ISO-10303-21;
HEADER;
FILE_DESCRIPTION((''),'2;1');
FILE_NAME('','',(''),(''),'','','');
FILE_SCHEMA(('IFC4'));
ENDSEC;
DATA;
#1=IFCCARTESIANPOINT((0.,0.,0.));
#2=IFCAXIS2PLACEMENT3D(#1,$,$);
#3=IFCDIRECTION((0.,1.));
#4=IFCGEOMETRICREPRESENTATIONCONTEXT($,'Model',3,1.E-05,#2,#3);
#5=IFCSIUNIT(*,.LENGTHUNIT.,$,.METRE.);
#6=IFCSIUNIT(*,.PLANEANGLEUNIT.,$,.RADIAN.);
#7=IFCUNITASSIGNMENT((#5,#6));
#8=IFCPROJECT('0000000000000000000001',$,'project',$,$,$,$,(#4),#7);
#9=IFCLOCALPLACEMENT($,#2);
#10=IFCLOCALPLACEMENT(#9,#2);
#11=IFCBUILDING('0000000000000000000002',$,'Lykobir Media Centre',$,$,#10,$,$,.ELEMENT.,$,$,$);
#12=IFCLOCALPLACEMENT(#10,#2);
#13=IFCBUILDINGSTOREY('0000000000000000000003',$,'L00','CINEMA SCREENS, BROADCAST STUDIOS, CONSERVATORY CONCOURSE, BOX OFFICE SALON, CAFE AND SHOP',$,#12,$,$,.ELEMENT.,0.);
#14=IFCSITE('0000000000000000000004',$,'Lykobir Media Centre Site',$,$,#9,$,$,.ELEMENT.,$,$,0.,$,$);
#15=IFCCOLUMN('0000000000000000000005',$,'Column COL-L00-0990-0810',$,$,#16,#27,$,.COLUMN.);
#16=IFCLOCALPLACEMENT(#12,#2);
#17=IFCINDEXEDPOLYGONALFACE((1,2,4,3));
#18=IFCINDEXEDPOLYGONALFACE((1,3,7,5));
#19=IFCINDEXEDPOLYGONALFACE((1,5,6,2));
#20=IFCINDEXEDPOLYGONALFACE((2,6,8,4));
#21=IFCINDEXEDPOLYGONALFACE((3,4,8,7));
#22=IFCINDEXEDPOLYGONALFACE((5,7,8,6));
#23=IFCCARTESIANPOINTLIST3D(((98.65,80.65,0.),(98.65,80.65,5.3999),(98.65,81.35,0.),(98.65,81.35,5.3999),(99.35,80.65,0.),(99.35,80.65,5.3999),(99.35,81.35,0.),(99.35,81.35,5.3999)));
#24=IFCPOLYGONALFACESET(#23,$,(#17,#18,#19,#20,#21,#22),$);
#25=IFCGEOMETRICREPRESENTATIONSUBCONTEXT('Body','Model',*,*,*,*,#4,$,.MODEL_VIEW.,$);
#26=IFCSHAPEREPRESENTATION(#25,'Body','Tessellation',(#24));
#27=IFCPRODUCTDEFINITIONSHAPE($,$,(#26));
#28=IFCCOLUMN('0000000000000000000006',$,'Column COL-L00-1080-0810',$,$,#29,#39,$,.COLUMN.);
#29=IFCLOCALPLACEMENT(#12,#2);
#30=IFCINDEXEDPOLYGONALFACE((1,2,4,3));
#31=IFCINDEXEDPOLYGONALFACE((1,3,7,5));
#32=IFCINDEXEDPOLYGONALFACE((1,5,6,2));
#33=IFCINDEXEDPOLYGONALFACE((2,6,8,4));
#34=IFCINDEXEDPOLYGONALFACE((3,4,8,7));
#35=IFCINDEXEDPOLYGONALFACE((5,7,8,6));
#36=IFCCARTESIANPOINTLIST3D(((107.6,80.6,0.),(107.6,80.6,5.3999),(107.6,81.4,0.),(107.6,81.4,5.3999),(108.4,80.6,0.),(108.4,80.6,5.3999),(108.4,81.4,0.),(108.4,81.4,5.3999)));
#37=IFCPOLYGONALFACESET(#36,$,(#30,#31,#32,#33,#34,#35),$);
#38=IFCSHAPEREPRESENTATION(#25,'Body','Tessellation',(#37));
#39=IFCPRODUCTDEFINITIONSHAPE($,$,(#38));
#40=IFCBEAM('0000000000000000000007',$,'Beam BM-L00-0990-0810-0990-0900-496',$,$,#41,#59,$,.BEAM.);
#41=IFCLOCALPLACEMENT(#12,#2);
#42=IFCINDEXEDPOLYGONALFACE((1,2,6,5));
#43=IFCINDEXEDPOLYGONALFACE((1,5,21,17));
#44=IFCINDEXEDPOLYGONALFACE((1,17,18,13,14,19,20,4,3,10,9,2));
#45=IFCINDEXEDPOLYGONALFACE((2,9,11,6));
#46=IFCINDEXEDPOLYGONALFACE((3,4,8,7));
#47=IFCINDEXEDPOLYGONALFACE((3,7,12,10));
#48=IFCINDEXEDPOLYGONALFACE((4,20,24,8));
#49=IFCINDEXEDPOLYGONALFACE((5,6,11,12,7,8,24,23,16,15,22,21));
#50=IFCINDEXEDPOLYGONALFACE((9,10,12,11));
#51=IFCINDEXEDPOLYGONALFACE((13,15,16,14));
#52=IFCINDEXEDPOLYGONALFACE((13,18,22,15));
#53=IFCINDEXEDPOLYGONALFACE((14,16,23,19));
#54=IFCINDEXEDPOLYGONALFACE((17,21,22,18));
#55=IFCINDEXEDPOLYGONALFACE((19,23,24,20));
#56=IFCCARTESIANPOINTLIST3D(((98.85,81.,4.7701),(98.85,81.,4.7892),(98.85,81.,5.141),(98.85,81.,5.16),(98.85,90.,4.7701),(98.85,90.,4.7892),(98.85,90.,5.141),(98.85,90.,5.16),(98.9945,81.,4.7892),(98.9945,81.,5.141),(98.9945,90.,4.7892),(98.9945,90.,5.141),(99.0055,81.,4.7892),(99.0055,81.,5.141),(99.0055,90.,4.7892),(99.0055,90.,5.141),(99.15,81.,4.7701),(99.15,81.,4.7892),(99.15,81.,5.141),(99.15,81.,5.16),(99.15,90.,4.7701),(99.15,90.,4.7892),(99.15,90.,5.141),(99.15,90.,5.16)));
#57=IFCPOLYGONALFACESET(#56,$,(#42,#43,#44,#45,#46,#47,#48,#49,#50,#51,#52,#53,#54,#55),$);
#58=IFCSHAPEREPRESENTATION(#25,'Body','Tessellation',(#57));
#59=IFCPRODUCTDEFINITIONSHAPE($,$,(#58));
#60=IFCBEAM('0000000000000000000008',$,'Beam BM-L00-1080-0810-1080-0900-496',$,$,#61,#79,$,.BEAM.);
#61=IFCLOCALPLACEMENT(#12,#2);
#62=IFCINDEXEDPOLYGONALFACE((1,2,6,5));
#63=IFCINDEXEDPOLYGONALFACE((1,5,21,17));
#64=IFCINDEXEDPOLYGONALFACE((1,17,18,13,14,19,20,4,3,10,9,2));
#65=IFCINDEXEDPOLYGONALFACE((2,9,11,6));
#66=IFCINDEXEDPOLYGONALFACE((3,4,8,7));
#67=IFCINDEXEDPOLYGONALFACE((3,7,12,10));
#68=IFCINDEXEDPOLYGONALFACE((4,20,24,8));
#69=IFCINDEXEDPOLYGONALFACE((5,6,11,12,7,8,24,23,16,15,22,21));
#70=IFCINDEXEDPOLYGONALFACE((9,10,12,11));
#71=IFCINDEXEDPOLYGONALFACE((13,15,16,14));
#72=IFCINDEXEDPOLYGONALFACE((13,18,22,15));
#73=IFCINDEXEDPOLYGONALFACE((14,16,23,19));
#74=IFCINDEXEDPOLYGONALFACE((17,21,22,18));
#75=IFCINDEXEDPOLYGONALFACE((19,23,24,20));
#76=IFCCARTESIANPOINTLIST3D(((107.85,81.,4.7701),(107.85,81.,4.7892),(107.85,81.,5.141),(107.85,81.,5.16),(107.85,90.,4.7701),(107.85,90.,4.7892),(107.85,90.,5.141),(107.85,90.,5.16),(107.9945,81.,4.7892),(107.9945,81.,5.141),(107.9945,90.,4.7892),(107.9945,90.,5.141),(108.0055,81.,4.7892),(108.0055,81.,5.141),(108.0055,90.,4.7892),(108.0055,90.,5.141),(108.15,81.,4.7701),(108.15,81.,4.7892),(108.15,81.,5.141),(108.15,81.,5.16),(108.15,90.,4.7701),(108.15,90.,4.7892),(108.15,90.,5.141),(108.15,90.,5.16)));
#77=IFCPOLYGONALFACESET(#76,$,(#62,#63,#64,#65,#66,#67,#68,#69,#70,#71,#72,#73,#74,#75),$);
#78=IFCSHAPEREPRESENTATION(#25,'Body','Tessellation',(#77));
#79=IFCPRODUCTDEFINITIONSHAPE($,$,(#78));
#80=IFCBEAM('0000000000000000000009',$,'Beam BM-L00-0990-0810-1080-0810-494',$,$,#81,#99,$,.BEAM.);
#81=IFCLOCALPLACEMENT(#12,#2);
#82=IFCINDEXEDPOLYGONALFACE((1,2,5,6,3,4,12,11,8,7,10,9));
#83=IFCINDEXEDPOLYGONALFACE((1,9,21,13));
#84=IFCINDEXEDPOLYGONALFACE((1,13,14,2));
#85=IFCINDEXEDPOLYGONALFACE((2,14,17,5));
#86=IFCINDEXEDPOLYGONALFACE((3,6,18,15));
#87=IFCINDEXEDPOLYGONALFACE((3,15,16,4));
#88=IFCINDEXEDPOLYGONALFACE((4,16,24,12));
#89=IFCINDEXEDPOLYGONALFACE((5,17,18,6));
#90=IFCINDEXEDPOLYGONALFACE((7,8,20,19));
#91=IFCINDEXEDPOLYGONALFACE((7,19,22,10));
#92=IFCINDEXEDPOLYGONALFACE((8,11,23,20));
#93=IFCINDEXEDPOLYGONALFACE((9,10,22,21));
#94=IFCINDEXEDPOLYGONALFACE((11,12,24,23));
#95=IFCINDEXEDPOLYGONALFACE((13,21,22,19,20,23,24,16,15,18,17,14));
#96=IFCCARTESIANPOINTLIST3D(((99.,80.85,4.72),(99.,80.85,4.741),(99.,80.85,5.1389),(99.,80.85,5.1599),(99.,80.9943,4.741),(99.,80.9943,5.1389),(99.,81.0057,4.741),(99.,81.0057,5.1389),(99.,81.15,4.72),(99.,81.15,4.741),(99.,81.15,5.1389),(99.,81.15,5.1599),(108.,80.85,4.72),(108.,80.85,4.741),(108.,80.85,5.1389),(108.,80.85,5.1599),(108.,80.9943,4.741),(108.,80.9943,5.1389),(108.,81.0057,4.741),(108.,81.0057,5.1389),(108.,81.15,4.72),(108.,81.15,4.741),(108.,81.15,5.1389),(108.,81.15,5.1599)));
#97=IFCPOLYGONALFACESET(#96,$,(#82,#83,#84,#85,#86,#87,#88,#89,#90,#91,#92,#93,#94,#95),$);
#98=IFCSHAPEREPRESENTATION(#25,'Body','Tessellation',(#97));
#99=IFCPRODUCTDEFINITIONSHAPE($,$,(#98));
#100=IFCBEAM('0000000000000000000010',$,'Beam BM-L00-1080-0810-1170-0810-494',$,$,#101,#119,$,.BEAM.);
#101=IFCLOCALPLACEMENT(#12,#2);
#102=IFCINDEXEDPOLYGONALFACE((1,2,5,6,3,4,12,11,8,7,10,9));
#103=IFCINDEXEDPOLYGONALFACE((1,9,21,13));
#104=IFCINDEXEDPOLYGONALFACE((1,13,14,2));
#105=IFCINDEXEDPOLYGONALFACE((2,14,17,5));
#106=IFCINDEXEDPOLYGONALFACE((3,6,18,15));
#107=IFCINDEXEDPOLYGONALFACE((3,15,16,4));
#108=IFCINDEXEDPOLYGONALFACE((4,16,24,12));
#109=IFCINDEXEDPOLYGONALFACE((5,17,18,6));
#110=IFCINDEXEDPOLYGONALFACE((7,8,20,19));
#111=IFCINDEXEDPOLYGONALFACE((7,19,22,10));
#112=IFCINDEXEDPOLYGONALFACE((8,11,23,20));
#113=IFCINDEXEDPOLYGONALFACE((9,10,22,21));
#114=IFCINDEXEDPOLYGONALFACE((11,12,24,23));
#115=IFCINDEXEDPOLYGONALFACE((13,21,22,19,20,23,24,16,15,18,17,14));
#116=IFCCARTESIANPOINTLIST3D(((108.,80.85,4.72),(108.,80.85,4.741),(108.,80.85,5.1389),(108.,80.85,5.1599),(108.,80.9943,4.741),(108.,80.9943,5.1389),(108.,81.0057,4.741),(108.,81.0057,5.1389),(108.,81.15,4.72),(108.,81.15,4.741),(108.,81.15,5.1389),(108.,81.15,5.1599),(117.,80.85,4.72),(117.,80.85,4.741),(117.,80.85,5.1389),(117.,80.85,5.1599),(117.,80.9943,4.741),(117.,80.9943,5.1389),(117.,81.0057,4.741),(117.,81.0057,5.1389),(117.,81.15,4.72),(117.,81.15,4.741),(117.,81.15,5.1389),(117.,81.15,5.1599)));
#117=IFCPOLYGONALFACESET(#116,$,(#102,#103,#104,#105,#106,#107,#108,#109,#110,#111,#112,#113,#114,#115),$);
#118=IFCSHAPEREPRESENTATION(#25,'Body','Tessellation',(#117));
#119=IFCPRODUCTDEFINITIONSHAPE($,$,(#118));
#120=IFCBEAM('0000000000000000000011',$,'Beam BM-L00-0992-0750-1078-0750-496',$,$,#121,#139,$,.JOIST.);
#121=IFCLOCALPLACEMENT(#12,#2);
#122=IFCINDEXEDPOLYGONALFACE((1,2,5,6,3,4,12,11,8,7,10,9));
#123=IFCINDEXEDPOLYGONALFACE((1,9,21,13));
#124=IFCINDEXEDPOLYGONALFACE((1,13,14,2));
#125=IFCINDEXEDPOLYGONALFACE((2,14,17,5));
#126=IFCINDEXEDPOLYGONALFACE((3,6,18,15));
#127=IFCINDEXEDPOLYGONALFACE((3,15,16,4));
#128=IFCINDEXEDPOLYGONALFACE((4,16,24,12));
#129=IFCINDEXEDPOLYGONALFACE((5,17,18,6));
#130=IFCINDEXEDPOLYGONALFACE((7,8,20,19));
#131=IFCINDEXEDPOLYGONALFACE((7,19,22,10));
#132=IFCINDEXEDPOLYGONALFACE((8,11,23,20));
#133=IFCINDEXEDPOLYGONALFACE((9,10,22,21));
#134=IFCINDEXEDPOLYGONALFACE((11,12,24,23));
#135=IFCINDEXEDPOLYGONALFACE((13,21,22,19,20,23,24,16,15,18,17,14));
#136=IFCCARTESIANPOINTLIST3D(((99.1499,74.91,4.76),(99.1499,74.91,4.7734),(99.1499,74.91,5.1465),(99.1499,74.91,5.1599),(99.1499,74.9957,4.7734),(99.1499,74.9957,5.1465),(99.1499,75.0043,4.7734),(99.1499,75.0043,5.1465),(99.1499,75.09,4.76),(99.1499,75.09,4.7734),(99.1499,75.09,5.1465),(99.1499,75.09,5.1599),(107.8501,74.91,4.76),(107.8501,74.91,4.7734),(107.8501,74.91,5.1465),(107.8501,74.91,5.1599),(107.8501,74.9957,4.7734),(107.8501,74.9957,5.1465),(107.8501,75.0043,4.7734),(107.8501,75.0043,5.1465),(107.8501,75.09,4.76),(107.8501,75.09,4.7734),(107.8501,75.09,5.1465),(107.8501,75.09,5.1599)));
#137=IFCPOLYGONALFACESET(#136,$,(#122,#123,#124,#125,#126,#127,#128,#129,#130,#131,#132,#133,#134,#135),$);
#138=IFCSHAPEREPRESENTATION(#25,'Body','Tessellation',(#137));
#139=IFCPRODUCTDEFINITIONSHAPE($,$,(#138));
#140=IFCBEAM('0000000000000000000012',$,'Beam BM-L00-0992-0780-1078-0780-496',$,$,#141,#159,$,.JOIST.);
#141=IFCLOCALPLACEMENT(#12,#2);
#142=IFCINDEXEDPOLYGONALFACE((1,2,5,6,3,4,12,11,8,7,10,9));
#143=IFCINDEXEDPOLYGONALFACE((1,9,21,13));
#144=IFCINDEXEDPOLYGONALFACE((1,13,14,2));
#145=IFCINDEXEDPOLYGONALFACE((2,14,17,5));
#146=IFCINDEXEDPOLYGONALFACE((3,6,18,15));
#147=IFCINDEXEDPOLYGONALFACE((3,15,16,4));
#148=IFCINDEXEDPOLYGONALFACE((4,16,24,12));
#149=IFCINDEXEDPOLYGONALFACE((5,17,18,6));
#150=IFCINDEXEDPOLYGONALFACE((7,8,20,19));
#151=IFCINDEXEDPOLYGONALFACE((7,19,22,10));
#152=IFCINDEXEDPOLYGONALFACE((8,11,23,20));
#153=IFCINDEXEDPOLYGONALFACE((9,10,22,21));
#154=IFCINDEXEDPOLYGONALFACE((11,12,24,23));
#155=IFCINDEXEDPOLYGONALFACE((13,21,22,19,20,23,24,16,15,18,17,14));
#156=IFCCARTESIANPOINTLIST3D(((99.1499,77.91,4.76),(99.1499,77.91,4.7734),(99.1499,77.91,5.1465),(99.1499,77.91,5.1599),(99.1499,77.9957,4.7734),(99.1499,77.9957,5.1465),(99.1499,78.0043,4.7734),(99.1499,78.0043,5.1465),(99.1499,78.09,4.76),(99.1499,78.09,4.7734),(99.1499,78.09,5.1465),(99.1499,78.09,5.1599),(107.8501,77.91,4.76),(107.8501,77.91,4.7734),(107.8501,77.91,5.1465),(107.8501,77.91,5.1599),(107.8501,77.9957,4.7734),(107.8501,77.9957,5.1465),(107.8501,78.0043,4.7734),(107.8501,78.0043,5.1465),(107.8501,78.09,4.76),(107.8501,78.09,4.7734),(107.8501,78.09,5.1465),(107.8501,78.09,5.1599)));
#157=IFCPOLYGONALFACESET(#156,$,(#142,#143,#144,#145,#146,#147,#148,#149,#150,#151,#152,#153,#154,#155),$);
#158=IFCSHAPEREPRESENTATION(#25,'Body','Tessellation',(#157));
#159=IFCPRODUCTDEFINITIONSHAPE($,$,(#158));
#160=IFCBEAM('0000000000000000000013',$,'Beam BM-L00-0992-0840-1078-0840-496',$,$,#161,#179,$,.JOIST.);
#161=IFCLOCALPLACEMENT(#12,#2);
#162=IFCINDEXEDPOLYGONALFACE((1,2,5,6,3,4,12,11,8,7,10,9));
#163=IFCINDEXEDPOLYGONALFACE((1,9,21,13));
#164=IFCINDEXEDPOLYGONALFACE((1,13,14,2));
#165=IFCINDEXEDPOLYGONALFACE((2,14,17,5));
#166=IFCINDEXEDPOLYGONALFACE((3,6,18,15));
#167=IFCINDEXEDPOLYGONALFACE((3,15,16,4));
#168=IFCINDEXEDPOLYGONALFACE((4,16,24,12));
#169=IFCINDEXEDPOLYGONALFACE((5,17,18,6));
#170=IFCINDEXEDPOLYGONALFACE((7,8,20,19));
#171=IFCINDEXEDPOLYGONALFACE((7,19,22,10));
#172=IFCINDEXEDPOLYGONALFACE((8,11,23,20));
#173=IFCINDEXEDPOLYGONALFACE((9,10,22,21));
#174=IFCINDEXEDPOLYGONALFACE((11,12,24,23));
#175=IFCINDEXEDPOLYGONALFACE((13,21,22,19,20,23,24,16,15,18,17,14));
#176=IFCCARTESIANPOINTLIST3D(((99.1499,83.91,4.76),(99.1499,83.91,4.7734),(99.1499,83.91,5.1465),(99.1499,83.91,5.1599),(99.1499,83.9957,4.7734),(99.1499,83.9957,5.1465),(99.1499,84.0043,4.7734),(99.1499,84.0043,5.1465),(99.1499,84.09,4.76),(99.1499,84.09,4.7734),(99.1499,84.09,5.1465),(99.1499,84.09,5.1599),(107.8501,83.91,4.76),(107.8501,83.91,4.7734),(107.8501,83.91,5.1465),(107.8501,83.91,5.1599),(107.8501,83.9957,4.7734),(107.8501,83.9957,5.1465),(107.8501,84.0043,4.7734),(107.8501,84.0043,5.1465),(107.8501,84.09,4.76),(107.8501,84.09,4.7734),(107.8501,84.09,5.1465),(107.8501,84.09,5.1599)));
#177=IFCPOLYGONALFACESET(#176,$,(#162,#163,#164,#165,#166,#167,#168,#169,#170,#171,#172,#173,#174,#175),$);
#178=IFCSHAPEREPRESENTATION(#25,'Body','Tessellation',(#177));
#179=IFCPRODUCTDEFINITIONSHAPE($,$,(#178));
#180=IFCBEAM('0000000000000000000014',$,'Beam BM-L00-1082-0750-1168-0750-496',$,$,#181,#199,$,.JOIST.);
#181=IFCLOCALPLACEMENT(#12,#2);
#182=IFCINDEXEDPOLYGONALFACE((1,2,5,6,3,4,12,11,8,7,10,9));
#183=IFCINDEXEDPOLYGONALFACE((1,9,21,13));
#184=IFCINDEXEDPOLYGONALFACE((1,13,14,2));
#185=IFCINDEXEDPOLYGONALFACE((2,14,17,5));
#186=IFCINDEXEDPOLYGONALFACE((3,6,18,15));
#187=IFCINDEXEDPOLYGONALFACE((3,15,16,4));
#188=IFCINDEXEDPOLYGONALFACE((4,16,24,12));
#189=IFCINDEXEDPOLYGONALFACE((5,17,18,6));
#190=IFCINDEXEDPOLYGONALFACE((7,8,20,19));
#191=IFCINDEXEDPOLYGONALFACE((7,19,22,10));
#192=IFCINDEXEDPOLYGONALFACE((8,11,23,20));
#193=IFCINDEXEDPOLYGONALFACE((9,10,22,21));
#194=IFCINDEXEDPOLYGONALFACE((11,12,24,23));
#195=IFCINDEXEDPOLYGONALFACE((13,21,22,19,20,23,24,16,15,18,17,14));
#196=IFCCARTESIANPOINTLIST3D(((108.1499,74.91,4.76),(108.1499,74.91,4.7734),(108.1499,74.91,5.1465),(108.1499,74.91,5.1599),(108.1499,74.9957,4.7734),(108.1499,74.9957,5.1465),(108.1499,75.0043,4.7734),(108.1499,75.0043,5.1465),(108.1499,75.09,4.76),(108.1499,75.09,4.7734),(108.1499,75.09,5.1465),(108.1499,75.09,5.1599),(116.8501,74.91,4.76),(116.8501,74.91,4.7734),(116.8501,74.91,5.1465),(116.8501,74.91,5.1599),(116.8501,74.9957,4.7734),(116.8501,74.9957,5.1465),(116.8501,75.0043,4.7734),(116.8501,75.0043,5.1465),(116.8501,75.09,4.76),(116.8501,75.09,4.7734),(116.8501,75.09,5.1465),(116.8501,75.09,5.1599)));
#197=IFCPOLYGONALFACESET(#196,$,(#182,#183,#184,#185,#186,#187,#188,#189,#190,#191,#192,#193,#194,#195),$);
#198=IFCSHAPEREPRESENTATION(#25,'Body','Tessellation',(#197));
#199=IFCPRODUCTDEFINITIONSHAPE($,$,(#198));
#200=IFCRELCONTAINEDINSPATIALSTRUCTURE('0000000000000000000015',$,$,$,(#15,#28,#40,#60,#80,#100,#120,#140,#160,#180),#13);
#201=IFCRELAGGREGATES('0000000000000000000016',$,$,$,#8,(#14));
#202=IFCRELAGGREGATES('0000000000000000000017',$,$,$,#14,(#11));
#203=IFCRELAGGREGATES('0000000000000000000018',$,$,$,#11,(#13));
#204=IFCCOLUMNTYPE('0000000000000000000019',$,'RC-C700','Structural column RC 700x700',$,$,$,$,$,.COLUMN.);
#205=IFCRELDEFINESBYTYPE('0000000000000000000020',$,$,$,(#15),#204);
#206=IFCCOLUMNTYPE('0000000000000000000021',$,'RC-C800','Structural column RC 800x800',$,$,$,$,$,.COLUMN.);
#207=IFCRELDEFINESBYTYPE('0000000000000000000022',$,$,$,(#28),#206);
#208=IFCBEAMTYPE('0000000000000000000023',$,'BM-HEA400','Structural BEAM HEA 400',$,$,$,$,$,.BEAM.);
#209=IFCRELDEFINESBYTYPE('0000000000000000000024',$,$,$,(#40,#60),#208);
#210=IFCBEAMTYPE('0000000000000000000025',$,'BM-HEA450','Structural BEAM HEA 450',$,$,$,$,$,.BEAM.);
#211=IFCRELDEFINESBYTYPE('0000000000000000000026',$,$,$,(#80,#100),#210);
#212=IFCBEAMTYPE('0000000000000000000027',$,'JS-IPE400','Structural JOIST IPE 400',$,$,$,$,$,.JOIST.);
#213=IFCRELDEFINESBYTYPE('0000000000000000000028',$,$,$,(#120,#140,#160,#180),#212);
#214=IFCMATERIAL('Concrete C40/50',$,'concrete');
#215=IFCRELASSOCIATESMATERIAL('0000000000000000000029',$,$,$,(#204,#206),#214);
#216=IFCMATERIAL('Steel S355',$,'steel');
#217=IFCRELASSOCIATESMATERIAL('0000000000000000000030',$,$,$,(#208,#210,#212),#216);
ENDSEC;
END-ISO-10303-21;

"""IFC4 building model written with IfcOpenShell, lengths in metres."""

from ifc_helpers import new_model, si_unit, direction, frame, origin, origin_2d, place, context, subcontext, project, spatial, rectangle, i_section, extrude, material, material_profile, profile_set, type_object, element, save


model = new_model("IFC4")

# Units and contexts
model_context = context("Model", 3, precision=1e-05, world=origin(), true_north=direction((0.0, 1.0)))
body_context = subcontext(model_context, "Body", "Model", "MODEL_VIEW")
ifc_project = project(units=[si_unit("LENGTHUNIT", "METRE"), si_unit("PLANEANGLEUNIT", "RADIAN")], contexts=[model_context])

# Site, building, storey
site_placement = place(None, origin())
site = spatial("IfcSite", under=ifc_project, at=site_placement, Name="Lykobir Media Centre Site", CompositionType="ELEMENT", RefElevation=0.0)
building_placement = place(site_placement, origin())
building = spatial("IfcBuilding", under=site, at=building_placement, Name="Lykobir Media Centre", CompositionType="ELEMENT")
storey_placement = place(building_placement, origin())
storey = spatial("IfcBuildingStorey", under=building, at=storey_placement, Name="L00", Description="CINEMA SCREENS, BROADCAST STUDIOS, CONSERVATORY CONCOURSE, BOX OFFICE SALON, CAFE AND SHOP", CompositionType="ELEMENT", Elevation=0.0)

# Columns
ifc_material_1 = material(Name="Concrete C40/50", Category="concrete")
ifc_material_profile_1 = material_profile(ifc_material_1, rectangle(XDim=0.7, YDim=0.7, at=origin_2d()), Name="RC 700x700")
ifc_profile_set_1 = profile_set([ifc_material_profile_1], Name="Concrete C40/50")
column_type_1 = type_object("IfcColumnType", Name="RC-C700", Description="Structural column RC 700x700", PredefinedType="COLUMN", material=ifc_profile_set_1)
column_1_placement = place(storey_placement, frame((99.0, 81.0, 0.0), z_axis=(0.0, 0.0, 1.0), x_axis=(1.0, 0.0, 0.0)))
element("IfcColumn", 1, at=column_1_placement, inside=storey, type_object=column_type_1, Name="Column COL-L00-0990-0810", PredefinedType="COLUMN", context=body_context, shape_type="SweptSolid", body=[
    extrude(rectangle(XDim=0.7, YDim=0.7, at=origin_2d()), origin(), (0.0, 0.0, 1.0), 5.3999),
])
ifc_material_profile_2 = material_profile(ifc_material_1, rectangle(XDim=0.8, YDim=0.8, at=origin_2d()), Name="RC 800x800")
ifc_profile_set_2 = profile_set([ifc_material_profile_2], Name="Concrete C40/50")
column_type_2 = type_object("IfcColumnType", Name="RC-C800", Description="Structural column RC 800x800", PredefinedType="COLUMN", material=ifc_profile_set_2)
column_2_placement = place(storey_placement, frame((108.0, 81.0, 0.0), z_axis=(0.0, 0.0, 1.0), x_axis=(1.0, 0.0, 0.0)))
element("IfcColumn", 2, at=column_2_placement, inside=storey, type_object=column_type_2, Name="Column COL-L00-1080-0810", PredefinedType="COLUMN", context=body_context, shape_type="SweptSolid", body=[
    extrude(rectangle(XDim=0.8, YDim=0.8, at=origin_2d()), origin(), (0.0, 0.0, 1.0), 5.3999),
])

# Beams
ifc_material_2 = material(Name="Steel S355", Category="steel")
ifc_material_profile_3 = material_profile(ifc_material_2, i_section(OverallWidth=0.3, OverallDepth=0.3899, WebThickness=0.011, FlangeThickness=0.019, at=origin_2d()), Name="HEA 400")
ifc_profile_set_3 = profile_set([ifc_material_profile_3], Name="Steel S355")
beam_type_1 = type_object("IfcBeamType", Name="BM-HEA400", Description="Structural BEAM HEA 400", PredefinedType="BEAM", material=ifc_profile_set_3)
for number, where, z_axis, x_axis, name in (
    (3, (99.0, 81.0, 4.9651), (0.0, 1.0, 0.0), (-1.0, 0.0, 0.0), "Beam BM-L00-0990-0810-0990-0900-496"),
    (4, (108.0, 81.0, 4.9651), (0.0, 1.0, 0.0), (-1.0, 0.0, 0.0), "Beam BM-L00-1080-0810-1080-0900-496"),
):
    element("IfcBeam", number, at=place(storey_placement, frame(where, z_axis=z_axis, x_axis=x_axis)), inside=storey, type_object=beam_type_1, Name=name, PredefinedType="BEAM", context=body_context, shape_type="SweptSolid", body=[
        extrude(i_section(OverallWidth=0.3, OverallDepth=0.3899, WebThickness=0.011, FlangeThickness=0.019, at=origin_2d()), origin(), (0.0, 0.0, 1.0), 9.0),
    ])
ifc_material_profile_4 = material_profile(ifc_material_2, i_section(OverallWidth=0.3, OverallDepth=0.4399, WebThickness=0.0115, FlangeThickness=0.021, at=origin_2d()), Name="HEA 450")
ifc_profile_set_4 = profile_set([ifc_material_profile_4], Name="Steel S355")
beam_type_2 = type_object("IfcBeamType", Name="BM-HEA450", Description="Structural BEAM HEA 450", PredefinedType="BEAM", material=ifc_profile_set_4)
for number, where, z_axis, x_axis, name in (
    (5, (99.0, 81.0, 4.9399), (1.0, 0.0, 0.0), (0.0, 1.0, 0.0), "Beam BM-L00-0990-0810-1080-0810-494"),
    (6, (108.0, 81.0, 4.9399), (1.0, 0.0, 0.0), (0.0, 1.0, 0.0), "Beam BM-L00-1080-0810-1170-0810-494"),
):
    element("IfcBeam", number, at=place(storey_placement, frame(where, z_axis=z_axis, x_axis=x_axis)), inside=storey, type_object=beam_type_2, Name=name, PredefinedType="BEAM", context=body_context, shape_type="SweptSolid", body=[
        extrude(i_section(OverallWidth=0.3, OverallDepth=0.4399, WebThickness=0.0115, FlangeThickness=0.021, at=origin_2d()), origin(), (0.0, 0.0, 1.0), 9.0),
    ])
ifc_material_profile_5 = material_profile(ifc_material_2, i_section(OverallWidth=0.1799, OverallDepth=0.3999, WebThickness=0.0085, FlangeThickness=0.0134, at=origin_2d()), Name="IPE 400")
ifc_profile_set_5 = profile_set([ifc_material_profile_5], Name="Steel S355")
beam_type_3 = type_object("IfcBeamType", Name="JS-IPE400", Description="Structural JOIST IPE 400", PredefinedType="JOIST", material=ifc_profile_set_5)
for number, where, z_axis, x_axis, name in (
    (7, (99.1499, 75.0, 4.96), (1.0, 0.0, 0.0), (0.0, 1.0, 0.0), "Beam BM-L00-0992-0750-1078-0750-496"),
    (8, (99.1499, 78.0, 4.96), (1.0, 0.0, 0.0), (0.0, 1.0, 0.0), "Beam BM-L00-0992-0780-1078-0780-496"),
    (9, (99.1499, 84.0, 4.96), (1.0, 0.0, 0.0), (0.0, 1.0, 0.0), "Beam BM-L00-0992-0840-1078-0840-496"),
    (10, (108.1499, 75.0, 4.96), (1.0, 0.0, 0.0), (0.0, 1.0, 0.0), "Beam BM-L00-1082-0750-1168-0750-496"),
):
    element("IfcBeam", number, at=place(storey_placement, frame(where, z_axis=z_axis, x_axis=x_axis)), inside=storey, type_object=beam_type_3, Name=name, PredefinedType="JOIST", context=body_context, shape_type="SweptSolid", body=[
        extrude(i_section(OverallWidth=0.1799, OverallDepth=0.3999, WebThickness=0.0085, FlangeThickness=0.0134, at=origin_2d()), origin(), (0.0, 0.0, 1.0), 8.7002),
    ])

save(model, "model.ifc")
